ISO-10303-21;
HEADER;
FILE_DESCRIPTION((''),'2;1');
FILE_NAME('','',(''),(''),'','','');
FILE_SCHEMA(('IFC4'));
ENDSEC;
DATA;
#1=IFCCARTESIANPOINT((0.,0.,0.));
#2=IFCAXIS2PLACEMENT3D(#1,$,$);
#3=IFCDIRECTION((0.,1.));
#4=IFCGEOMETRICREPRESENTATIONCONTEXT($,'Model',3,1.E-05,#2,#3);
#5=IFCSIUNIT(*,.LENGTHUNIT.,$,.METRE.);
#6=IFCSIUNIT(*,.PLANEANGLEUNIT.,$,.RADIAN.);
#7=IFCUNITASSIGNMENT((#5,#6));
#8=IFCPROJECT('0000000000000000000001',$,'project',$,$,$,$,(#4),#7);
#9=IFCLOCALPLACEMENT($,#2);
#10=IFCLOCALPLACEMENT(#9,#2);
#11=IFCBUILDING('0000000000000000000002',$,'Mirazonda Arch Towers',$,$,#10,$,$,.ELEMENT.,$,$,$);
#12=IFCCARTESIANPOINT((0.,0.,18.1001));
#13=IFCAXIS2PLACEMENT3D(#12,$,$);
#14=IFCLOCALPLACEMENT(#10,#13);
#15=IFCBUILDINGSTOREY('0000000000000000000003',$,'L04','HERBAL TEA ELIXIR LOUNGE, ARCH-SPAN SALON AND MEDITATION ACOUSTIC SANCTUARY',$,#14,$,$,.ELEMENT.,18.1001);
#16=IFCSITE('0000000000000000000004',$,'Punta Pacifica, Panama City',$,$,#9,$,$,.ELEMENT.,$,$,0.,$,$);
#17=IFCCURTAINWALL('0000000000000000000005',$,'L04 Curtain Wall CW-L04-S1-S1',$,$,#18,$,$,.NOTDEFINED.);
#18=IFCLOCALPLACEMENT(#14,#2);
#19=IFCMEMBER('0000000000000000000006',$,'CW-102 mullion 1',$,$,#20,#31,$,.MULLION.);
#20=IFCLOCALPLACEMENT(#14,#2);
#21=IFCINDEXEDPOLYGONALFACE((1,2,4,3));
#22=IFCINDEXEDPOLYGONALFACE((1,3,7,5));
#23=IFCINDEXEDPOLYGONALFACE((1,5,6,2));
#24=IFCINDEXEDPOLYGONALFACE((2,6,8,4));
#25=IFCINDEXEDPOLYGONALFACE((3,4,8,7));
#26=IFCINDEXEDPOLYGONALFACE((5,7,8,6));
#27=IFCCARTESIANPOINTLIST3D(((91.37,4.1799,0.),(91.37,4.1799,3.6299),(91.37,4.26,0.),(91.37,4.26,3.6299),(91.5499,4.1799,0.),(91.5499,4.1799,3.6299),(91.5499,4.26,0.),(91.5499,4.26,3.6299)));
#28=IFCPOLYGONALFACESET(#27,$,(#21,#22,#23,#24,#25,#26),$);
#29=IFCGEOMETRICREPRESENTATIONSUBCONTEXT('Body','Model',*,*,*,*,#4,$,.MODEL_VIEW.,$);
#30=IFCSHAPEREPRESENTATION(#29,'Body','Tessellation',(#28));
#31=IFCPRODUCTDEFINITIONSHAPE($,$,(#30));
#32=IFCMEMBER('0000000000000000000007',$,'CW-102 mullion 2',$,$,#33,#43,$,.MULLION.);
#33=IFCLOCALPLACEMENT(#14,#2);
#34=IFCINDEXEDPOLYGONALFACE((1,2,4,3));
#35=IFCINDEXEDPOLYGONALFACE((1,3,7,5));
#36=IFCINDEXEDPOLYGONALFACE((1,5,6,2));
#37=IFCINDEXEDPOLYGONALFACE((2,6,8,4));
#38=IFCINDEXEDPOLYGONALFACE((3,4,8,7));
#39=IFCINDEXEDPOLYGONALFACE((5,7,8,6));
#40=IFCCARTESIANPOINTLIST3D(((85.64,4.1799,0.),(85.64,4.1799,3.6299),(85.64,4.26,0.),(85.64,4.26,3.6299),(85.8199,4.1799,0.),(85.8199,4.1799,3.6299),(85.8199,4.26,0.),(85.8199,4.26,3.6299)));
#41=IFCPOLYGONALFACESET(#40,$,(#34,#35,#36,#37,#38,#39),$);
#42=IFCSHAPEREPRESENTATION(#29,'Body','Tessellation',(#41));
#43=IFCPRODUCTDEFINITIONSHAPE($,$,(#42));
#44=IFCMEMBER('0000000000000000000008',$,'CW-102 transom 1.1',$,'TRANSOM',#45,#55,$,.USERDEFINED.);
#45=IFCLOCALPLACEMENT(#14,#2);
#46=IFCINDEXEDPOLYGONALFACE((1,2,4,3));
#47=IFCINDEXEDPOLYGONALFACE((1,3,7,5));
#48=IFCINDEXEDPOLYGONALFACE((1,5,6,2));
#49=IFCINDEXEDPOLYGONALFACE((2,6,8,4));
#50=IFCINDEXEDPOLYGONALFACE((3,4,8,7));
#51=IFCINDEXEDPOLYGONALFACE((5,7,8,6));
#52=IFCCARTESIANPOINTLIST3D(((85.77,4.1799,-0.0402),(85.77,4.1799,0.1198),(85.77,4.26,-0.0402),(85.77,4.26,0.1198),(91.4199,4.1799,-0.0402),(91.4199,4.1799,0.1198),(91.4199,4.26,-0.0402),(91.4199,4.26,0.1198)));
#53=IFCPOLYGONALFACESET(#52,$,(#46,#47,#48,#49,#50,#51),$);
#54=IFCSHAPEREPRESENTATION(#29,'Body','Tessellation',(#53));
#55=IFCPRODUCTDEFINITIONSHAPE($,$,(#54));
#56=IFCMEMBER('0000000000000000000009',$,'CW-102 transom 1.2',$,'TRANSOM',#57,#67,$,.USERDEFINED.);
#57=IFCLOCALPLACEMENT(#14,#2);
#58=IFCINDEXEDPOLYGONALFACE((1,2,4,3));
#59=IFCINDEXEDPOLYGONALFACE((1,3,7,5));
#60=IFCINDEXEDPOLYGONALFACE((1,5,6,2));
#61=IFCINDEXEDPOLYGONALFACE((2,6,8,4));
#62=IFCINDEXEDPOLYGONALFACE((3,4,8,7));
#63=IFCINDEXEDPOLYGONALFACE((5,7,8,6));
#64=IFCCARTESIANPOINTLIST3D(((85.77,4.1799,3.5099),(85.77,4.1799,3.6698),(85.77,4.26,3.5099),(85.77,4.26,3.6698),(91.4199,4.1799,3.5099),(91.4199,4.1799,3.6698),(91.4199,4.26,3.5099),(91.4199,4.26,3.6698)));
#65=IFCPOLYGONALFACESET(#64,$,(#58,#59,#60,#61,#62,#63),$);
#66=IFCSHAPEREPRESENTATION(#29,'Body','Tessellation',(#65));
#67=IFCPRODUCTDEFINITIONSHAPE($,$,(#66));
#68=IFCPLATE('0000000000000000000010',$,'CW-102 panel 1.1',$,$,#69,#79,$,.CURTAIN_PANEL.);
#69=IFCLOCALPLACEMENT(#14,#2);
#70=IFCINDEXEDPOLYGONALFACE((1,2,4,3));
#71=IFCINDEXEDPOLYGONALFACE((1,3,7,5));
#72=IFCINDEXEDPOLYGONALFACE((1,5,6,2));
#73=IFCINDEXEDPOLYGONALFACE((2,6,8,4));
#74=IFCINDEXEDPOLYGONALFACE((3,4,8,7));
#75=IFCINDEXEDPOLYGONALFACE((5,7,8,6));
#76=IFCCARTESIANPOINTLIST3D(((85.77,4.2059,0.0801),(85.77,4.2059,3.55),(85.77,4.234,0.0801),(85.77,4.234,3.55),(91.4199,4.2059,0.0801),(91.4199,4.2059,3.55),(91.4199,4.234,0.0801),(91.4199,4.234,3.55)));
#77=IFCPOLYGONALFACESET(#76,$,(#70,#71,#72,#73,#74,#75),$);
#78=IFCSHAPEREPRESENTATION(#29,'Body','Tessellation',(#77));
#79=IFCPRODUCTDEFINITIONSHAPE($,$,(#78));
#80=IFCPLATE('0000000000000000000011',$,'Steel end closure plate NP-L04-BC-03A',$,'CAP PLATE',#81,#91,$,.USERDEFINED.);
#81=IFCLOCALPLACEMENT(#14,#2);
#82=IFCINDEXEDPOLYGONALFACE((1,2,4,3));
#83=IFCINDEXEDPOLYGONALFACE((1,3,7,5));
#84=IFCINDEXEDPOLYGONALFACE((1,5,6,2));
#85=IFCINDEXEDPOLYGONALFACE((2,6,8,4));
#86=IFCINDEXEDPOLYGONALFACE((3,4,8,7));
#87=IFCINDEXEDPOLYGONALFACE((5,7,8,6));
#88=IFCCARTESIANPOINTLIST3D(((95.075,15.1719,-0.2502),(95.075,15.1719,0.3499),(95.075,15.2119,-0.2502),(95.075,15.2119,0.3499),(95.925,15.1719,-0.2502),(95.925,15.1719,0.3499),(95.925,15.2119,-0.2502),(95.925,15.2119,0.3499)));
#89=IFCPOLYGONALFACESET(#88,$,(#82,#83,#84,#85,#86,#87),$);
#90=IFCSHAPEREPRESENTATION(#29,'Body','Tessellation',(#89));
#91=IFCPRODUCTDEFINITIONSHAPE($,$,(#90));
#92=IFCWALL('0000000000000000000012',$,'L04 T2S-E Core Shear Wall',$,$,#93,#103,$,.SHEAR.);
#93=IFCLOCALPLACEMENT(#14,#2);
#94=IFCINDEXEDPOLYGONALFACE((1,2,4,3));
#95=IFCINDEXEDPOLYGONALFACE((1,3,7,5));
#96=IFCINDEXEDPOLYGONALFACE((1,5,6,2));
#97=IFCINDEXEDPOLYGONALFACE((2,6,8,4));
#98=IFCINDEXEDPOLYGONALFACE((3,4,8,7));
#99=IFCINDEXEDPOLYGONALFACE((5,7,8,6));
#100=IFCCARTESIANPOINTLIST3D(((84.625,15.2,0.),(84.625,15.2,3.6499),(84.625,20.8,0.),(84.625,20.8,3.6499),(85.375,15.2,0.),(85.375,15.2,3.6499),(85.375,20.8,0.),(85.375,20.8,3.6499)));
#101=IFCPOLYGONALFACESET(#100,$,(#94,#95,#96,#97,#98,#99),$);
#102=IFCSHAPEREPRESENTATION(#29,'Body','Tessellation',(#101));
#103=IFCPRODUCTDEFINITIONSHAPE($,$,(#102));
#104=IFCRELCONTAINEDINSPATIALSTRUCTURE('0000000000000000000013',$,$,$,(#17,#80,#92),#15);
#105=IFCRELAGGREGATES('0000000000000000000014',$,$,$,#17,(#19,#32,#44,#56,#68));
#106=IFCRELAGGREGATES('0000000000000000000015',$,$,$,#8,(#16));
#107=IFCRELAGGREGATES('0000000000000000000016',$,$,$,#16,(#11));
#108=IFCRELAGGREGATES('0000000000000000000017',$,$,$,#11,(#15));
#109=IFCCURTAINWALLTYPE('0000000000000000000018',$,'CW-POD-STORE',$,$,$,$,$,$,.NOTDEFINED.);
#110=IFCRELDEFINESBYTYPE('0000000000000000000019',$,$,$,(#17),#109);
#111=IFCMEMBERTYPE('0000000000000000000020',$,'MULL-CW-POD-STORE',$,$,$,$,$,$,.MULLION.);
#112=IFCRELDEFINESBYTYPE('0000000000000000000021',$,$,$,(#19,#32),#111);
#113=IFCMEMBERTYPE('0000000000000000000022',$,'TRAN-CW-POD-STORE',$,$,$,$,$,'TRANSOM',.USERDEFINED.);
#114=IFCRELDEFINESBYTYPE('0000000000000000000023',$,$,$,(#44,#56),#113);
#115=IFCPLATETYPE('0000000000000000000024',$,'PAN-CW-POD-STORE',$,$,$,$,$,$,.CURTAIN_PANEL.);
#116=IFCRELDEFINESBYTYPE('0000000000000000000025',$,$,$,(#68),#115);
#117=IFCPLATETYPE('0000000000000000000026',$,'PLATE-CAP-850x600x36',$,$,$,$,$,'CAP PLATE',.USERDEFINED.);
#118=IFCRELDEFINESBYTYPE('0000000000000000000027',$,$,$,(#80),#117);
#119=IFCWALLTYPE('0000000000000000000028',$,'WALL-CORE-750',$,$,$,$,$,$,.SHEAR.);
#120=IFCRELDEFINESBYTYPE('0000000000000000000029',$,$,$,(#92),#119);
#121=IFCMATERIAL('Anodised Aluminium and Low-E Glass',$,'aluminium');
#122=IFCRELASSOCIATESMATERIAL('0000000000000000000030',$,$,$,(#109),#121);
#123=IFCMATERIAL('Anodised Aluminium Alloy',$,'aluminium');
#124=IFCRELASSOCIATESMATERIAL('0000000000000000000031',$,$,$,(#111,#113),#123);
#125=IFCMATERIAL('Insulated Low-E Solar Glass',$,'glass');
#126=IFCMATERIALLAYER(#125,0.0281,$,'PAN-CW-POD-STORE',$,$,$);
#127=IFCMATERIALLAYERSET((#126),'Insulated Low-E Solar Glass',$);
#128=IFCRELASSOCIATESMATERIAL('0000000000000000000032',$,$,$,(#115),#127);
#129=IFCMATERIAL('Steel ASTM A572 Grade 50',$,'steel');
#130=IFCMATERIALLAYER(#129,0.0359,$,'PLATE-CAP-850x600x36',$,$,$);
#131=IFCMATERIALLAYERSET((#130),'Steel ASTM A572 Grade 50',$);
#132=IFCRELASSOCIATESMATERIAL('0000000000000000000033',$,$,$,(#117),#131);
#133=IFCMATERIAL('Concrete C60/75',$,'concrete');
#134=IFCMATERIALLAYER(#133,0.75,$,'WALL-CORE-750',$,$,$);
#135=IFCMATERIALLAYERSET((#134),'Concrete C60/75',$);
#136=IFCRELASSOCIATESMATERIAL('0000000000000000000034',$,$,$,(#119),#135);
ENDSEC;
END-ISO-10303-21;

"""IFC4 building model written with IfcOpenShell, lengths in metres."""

from ifc_helpers import new_model, si_unit, direction, frame, frame_2d, origin, origin_2d, place, context, subcontext, project, spatial, rectangle, extrude, material, layer, layer_set, material_profile, profile_set, type_object, element, aggregate, save


model = new_model("IFC4")

# Units and contexts
model_context = context("Model", 3, precision=1e-05, world=origin(), true_north=direction((0.0, 1.0)))
body_context = subcontext(model_context, "Body", "Model", "MODEL_VIEW")
ifc_project = project(units=[si_unit("LENGTHUNIT", "METRE"), si_unit("PLANEANGLEUNIT", "RADIAN")], contexts=[model_context])

# Site, building, storey
site_placement = place(None, origin())
site = spatial("IfcSite", under=ifc_project, at=site_placement, Name="Punta Pacifica, Panama City", CompositionType="ELEMENT", RefElevation=0.0)
building_placement = place(site_placement, origin())
building = spatial("IfcBuilding", under=site, at=building_placement, Name="Mirazonda Arch Towers", CompositionType="ELEMENT")
storey_placement = place(building_placement, frame((0.0, 0.0, 18.1001)))
storey = spatial("IfcBuildingStorey", under=building, at=storey_placement, Name="L04", Description="HERBAL TEA ELIXIR LOUNGE, ARCH-SPAN SALON AND MEDITATION ACOUSTIC SANCTUARY", CompositionType="ELEMENT", Elevation=18.1001)

# Curtain wall, members, plate
ifc_material_1 = material(Name="Anodised Aluminium and Low-E Glass", Category="aluminium")
curtain_wall_type = type_object("IfcCurtainWallType", Name="CW-POD-STORE", PredefinedType="NOTDEFINED", material=ifc_material_1)
curtain_wall_placement = place(storey_placement, origin())
curtain_wall = element("IfcCurtainWall", 1, at=curtain_wall_placement, inside=storey, type_object=curtain_wall_type, Name="L04 Curtain Wall CW-L04-S1-S1", PredefinedType="NOTDEFINED")
ifc_material_2 = material(Name="Anodised Aluminium Alloy", Category="aluminium")
ifc_material_profile_1 = material_profile(ifc_material_2, rectangle(XDim=0.0801, YDim=0.1799, at=origin_2d()), Name="ALU-MULL-80x180")
ifc_profile_set_1 = profile_set([ifc_material_profile_1], Name="Anodised Aluminium Alloy")
member_type_1 = type_object("IfcMemberType", Name="MULL-CW-POD-STORE", PredefinedType="MULLION", material=ifc_profile_set_1)
member_1_placement = place(storey_placement, frame((91.46, 4.22, 0.0), z_axis=(0.0, 0.0, 1.0), x_axis=(0.0, -1.0, 0.0)))
member_1 = element("IfcMember", 2, at=member_1_placement, type_object=member_type_1, Name="CW-102 mullion 1", PredefinedType="MULLION", context=body_context, shape_type="SweptSolid", body=[
    extrude(rectangle(XDim=0.0801, YDim=0.1799, at=origin_2d()), origin(), (0.0, 0.0, 1.0), 3.6299),
])
member_2_placement = place(storey_placement, frame((85.73, 4.22, 0.0), z_axis=(0.0, 0.0, 1.0), x_axis=(0.0, -1.0, 0.0)))
member_2 = element("IfcMember", 3, at=member_2_placement, type_object=member_type_1, Name="CW-102 mullion 2", PredefinedType="MULLION", context=body_context, shape_type="SweptSolid", body=[
    extrude(rectangle(XDim=0.0801, YDim=0.1799, at=origin_2d()), origin(), (0.0, 0.0, 1.0), 3.6299),
])
ifc_material_profile_2 = material_profile(ifc_material_2, rectangle(XDim=0.0801, YDim=0.1599, at=origin_2d()), Name="ALU-TRAN-80x160")
ifc_profile_set_2 = profile_set([ifc_material_profile_2], Name="Anodised Aluminium Alloy")
member_type_2 = type_object("IfcMemberType", Name="TRAN-CW-POD-STORE", ElementType="TRANSOM", PredefinedType="USERDEFINED", material=ifc_profile_set_2)
member_3_placement = place(storey_placement, frame((91.4199, 4.22, 0.0398), z_axis=(-1.0, 0.0, 0.0), x_axis=(0.0, -1.0, 0.0)))
member_3 = element("IfcMember", 4, at=member_3_placement, type_object=member_type_2, Name="CW-102 transom 1.1", ObjectType="TRANSOM", PredefinedType="USERDEFINED", context=body_context, shape_type="SweptSolid", body=[
    extrude(rectangle(XDim=0.0801, YDim=0.1599, at=origin_2d()), origin(), (0.0, 0.0, 1.0), 5.6499),
])
member_4_placement = place(storey_placement, frame((91.4199, 4.22, 3.5898), z_axis=(-1.0, 0.0, 0.0), x_axis=(0.0, -1.0, 0.0)))
member_4 = element("IfcMember", 5, at=member_4_placement, type_object=member_type_2, Name="CW-102 transom 1.2", ObjectType="TRANSOM", PredefinedType="USERDEFINED", context=body_context, shape_type="SweptSolid", body=[
    extrude(rectangle(XDim=0.0801, YDim=0.1599, at=origin_2d()), origin(), (0.0, 0.0, 1.0), 5.6499),
])
ifc_material_3 = material(Name="Insulated Low-E Solar Glass", Category="glass")
ifc_layer_1 = layer(ifc_material_3, 0.0281, Name="PAN-CW-POD-STORE")
ifc_layer_set_1 = layer_set([ifc_layer_1], Name="Insulated Low-E Solar Glass")
plate_type_1 = type_object("IfcPlateType", Name="PAN-CW-POD-STORE", PredefinedType="CURTAIN_PANEL", material=ifc_layer_set_1)
plate_1_placement = place(storey_placement, frame((88.595, 4.22, 0.0801), z_axis=(0.0, 0.0, 1.0), x_axis=(-1.0, 0.0, 0.0)))
plate_1 = element("IfcPlate", 6, at=plate_1_placement, type_object=plate_type_1, Name="CW-102 panel 1.1", PredefinedType="CURTAIN_PANEL", context=body_context, shape_type="SweptSolid", body=[
    extrude(rectangle(XDim=5.6499, YDim=0.0281, at=origin_2d()), origin(), (0.0, 0.0, 1.0), 3.47),
])
aggregate(curtain_wall, [member_1, member_2, member_3, member_4, plate_1])

# Plate
ifc_material_4 = material(Name="Steel ASTM A572 Grade 50", Category="steel")
ifc_layer_2 = layer(ifc_material_4, 0.0359, Name="PLATE-CAP-850x600x36")
ifc_layer_set_2 = layer_set([ifc_layer_2], Name="Steel ASTM A572 Grade 50")
plate_type_2 = type_object("IfcPlateType", Name="PLATE-CAP-850x600x36", ElementType="CAP PLATE", PredefinedType="USERDEFINED", material=ifc_layer_set_2)
plate_2_placement = place(storey_placement, frame((95.5, 15.1919, -0.2502), z_axis=(0.0, 0.0, 1.0), x_axis=(0.0, -1.0, 0.0)))
element("IfcPlate", 7, at=plate_2_placement, inside=storey, type_object=plate_type_2, Name="Steel end closure plate NP-L04-BC-03A", ObjectType="CAP PLATE", PredefinedType="USERDEFINED", context=body_context, shape_type="SweptSolid", body=[
    extrude(rectangle(XDim=0.04, YDim=0.8501, at=origin_2d()), origin(), (0.0, 0.0, 1.0), 0.6001),
])

# Wall
ifc_material_5 = material(Name="Concrete C60/75", Category="concrete")
ifc_layer_3 = layer(ifc_material_5, 0.75, Name="WALL-CORE-750")
ifc_layer_set_3 = layer_set([ifc_layer_3], Name="Concrete C60/75")
wall_type_1 = type_object("IfcWallType", Name="WALL-CORE-750", PredefinedType="SHEAR", material=ifc_layer_set_3)
wall_1_placement = place(storey_placement, frame((85.0, 15.2, 0.0), z_axis=(0.0, 0.0, 1.0), x_axis=(0.0, 1.0, 0.0)))
element("IfcWall", 8, at=wall_1_placement, inside=storey, type_object=wall_type_1, Name="L04 T2S-E Core Shear Wall", PredefinedType="SHEAR", context=body_context, shape_type="SweptSolid", body=[
    extrude(rectangle(XDim=5.6001, YDim=0.75, at=frame_2d((2.8, 0.0))), origin(), (0.0, 0.0, 1.0), 3.6499),
])

save(model, "model.ifc")
